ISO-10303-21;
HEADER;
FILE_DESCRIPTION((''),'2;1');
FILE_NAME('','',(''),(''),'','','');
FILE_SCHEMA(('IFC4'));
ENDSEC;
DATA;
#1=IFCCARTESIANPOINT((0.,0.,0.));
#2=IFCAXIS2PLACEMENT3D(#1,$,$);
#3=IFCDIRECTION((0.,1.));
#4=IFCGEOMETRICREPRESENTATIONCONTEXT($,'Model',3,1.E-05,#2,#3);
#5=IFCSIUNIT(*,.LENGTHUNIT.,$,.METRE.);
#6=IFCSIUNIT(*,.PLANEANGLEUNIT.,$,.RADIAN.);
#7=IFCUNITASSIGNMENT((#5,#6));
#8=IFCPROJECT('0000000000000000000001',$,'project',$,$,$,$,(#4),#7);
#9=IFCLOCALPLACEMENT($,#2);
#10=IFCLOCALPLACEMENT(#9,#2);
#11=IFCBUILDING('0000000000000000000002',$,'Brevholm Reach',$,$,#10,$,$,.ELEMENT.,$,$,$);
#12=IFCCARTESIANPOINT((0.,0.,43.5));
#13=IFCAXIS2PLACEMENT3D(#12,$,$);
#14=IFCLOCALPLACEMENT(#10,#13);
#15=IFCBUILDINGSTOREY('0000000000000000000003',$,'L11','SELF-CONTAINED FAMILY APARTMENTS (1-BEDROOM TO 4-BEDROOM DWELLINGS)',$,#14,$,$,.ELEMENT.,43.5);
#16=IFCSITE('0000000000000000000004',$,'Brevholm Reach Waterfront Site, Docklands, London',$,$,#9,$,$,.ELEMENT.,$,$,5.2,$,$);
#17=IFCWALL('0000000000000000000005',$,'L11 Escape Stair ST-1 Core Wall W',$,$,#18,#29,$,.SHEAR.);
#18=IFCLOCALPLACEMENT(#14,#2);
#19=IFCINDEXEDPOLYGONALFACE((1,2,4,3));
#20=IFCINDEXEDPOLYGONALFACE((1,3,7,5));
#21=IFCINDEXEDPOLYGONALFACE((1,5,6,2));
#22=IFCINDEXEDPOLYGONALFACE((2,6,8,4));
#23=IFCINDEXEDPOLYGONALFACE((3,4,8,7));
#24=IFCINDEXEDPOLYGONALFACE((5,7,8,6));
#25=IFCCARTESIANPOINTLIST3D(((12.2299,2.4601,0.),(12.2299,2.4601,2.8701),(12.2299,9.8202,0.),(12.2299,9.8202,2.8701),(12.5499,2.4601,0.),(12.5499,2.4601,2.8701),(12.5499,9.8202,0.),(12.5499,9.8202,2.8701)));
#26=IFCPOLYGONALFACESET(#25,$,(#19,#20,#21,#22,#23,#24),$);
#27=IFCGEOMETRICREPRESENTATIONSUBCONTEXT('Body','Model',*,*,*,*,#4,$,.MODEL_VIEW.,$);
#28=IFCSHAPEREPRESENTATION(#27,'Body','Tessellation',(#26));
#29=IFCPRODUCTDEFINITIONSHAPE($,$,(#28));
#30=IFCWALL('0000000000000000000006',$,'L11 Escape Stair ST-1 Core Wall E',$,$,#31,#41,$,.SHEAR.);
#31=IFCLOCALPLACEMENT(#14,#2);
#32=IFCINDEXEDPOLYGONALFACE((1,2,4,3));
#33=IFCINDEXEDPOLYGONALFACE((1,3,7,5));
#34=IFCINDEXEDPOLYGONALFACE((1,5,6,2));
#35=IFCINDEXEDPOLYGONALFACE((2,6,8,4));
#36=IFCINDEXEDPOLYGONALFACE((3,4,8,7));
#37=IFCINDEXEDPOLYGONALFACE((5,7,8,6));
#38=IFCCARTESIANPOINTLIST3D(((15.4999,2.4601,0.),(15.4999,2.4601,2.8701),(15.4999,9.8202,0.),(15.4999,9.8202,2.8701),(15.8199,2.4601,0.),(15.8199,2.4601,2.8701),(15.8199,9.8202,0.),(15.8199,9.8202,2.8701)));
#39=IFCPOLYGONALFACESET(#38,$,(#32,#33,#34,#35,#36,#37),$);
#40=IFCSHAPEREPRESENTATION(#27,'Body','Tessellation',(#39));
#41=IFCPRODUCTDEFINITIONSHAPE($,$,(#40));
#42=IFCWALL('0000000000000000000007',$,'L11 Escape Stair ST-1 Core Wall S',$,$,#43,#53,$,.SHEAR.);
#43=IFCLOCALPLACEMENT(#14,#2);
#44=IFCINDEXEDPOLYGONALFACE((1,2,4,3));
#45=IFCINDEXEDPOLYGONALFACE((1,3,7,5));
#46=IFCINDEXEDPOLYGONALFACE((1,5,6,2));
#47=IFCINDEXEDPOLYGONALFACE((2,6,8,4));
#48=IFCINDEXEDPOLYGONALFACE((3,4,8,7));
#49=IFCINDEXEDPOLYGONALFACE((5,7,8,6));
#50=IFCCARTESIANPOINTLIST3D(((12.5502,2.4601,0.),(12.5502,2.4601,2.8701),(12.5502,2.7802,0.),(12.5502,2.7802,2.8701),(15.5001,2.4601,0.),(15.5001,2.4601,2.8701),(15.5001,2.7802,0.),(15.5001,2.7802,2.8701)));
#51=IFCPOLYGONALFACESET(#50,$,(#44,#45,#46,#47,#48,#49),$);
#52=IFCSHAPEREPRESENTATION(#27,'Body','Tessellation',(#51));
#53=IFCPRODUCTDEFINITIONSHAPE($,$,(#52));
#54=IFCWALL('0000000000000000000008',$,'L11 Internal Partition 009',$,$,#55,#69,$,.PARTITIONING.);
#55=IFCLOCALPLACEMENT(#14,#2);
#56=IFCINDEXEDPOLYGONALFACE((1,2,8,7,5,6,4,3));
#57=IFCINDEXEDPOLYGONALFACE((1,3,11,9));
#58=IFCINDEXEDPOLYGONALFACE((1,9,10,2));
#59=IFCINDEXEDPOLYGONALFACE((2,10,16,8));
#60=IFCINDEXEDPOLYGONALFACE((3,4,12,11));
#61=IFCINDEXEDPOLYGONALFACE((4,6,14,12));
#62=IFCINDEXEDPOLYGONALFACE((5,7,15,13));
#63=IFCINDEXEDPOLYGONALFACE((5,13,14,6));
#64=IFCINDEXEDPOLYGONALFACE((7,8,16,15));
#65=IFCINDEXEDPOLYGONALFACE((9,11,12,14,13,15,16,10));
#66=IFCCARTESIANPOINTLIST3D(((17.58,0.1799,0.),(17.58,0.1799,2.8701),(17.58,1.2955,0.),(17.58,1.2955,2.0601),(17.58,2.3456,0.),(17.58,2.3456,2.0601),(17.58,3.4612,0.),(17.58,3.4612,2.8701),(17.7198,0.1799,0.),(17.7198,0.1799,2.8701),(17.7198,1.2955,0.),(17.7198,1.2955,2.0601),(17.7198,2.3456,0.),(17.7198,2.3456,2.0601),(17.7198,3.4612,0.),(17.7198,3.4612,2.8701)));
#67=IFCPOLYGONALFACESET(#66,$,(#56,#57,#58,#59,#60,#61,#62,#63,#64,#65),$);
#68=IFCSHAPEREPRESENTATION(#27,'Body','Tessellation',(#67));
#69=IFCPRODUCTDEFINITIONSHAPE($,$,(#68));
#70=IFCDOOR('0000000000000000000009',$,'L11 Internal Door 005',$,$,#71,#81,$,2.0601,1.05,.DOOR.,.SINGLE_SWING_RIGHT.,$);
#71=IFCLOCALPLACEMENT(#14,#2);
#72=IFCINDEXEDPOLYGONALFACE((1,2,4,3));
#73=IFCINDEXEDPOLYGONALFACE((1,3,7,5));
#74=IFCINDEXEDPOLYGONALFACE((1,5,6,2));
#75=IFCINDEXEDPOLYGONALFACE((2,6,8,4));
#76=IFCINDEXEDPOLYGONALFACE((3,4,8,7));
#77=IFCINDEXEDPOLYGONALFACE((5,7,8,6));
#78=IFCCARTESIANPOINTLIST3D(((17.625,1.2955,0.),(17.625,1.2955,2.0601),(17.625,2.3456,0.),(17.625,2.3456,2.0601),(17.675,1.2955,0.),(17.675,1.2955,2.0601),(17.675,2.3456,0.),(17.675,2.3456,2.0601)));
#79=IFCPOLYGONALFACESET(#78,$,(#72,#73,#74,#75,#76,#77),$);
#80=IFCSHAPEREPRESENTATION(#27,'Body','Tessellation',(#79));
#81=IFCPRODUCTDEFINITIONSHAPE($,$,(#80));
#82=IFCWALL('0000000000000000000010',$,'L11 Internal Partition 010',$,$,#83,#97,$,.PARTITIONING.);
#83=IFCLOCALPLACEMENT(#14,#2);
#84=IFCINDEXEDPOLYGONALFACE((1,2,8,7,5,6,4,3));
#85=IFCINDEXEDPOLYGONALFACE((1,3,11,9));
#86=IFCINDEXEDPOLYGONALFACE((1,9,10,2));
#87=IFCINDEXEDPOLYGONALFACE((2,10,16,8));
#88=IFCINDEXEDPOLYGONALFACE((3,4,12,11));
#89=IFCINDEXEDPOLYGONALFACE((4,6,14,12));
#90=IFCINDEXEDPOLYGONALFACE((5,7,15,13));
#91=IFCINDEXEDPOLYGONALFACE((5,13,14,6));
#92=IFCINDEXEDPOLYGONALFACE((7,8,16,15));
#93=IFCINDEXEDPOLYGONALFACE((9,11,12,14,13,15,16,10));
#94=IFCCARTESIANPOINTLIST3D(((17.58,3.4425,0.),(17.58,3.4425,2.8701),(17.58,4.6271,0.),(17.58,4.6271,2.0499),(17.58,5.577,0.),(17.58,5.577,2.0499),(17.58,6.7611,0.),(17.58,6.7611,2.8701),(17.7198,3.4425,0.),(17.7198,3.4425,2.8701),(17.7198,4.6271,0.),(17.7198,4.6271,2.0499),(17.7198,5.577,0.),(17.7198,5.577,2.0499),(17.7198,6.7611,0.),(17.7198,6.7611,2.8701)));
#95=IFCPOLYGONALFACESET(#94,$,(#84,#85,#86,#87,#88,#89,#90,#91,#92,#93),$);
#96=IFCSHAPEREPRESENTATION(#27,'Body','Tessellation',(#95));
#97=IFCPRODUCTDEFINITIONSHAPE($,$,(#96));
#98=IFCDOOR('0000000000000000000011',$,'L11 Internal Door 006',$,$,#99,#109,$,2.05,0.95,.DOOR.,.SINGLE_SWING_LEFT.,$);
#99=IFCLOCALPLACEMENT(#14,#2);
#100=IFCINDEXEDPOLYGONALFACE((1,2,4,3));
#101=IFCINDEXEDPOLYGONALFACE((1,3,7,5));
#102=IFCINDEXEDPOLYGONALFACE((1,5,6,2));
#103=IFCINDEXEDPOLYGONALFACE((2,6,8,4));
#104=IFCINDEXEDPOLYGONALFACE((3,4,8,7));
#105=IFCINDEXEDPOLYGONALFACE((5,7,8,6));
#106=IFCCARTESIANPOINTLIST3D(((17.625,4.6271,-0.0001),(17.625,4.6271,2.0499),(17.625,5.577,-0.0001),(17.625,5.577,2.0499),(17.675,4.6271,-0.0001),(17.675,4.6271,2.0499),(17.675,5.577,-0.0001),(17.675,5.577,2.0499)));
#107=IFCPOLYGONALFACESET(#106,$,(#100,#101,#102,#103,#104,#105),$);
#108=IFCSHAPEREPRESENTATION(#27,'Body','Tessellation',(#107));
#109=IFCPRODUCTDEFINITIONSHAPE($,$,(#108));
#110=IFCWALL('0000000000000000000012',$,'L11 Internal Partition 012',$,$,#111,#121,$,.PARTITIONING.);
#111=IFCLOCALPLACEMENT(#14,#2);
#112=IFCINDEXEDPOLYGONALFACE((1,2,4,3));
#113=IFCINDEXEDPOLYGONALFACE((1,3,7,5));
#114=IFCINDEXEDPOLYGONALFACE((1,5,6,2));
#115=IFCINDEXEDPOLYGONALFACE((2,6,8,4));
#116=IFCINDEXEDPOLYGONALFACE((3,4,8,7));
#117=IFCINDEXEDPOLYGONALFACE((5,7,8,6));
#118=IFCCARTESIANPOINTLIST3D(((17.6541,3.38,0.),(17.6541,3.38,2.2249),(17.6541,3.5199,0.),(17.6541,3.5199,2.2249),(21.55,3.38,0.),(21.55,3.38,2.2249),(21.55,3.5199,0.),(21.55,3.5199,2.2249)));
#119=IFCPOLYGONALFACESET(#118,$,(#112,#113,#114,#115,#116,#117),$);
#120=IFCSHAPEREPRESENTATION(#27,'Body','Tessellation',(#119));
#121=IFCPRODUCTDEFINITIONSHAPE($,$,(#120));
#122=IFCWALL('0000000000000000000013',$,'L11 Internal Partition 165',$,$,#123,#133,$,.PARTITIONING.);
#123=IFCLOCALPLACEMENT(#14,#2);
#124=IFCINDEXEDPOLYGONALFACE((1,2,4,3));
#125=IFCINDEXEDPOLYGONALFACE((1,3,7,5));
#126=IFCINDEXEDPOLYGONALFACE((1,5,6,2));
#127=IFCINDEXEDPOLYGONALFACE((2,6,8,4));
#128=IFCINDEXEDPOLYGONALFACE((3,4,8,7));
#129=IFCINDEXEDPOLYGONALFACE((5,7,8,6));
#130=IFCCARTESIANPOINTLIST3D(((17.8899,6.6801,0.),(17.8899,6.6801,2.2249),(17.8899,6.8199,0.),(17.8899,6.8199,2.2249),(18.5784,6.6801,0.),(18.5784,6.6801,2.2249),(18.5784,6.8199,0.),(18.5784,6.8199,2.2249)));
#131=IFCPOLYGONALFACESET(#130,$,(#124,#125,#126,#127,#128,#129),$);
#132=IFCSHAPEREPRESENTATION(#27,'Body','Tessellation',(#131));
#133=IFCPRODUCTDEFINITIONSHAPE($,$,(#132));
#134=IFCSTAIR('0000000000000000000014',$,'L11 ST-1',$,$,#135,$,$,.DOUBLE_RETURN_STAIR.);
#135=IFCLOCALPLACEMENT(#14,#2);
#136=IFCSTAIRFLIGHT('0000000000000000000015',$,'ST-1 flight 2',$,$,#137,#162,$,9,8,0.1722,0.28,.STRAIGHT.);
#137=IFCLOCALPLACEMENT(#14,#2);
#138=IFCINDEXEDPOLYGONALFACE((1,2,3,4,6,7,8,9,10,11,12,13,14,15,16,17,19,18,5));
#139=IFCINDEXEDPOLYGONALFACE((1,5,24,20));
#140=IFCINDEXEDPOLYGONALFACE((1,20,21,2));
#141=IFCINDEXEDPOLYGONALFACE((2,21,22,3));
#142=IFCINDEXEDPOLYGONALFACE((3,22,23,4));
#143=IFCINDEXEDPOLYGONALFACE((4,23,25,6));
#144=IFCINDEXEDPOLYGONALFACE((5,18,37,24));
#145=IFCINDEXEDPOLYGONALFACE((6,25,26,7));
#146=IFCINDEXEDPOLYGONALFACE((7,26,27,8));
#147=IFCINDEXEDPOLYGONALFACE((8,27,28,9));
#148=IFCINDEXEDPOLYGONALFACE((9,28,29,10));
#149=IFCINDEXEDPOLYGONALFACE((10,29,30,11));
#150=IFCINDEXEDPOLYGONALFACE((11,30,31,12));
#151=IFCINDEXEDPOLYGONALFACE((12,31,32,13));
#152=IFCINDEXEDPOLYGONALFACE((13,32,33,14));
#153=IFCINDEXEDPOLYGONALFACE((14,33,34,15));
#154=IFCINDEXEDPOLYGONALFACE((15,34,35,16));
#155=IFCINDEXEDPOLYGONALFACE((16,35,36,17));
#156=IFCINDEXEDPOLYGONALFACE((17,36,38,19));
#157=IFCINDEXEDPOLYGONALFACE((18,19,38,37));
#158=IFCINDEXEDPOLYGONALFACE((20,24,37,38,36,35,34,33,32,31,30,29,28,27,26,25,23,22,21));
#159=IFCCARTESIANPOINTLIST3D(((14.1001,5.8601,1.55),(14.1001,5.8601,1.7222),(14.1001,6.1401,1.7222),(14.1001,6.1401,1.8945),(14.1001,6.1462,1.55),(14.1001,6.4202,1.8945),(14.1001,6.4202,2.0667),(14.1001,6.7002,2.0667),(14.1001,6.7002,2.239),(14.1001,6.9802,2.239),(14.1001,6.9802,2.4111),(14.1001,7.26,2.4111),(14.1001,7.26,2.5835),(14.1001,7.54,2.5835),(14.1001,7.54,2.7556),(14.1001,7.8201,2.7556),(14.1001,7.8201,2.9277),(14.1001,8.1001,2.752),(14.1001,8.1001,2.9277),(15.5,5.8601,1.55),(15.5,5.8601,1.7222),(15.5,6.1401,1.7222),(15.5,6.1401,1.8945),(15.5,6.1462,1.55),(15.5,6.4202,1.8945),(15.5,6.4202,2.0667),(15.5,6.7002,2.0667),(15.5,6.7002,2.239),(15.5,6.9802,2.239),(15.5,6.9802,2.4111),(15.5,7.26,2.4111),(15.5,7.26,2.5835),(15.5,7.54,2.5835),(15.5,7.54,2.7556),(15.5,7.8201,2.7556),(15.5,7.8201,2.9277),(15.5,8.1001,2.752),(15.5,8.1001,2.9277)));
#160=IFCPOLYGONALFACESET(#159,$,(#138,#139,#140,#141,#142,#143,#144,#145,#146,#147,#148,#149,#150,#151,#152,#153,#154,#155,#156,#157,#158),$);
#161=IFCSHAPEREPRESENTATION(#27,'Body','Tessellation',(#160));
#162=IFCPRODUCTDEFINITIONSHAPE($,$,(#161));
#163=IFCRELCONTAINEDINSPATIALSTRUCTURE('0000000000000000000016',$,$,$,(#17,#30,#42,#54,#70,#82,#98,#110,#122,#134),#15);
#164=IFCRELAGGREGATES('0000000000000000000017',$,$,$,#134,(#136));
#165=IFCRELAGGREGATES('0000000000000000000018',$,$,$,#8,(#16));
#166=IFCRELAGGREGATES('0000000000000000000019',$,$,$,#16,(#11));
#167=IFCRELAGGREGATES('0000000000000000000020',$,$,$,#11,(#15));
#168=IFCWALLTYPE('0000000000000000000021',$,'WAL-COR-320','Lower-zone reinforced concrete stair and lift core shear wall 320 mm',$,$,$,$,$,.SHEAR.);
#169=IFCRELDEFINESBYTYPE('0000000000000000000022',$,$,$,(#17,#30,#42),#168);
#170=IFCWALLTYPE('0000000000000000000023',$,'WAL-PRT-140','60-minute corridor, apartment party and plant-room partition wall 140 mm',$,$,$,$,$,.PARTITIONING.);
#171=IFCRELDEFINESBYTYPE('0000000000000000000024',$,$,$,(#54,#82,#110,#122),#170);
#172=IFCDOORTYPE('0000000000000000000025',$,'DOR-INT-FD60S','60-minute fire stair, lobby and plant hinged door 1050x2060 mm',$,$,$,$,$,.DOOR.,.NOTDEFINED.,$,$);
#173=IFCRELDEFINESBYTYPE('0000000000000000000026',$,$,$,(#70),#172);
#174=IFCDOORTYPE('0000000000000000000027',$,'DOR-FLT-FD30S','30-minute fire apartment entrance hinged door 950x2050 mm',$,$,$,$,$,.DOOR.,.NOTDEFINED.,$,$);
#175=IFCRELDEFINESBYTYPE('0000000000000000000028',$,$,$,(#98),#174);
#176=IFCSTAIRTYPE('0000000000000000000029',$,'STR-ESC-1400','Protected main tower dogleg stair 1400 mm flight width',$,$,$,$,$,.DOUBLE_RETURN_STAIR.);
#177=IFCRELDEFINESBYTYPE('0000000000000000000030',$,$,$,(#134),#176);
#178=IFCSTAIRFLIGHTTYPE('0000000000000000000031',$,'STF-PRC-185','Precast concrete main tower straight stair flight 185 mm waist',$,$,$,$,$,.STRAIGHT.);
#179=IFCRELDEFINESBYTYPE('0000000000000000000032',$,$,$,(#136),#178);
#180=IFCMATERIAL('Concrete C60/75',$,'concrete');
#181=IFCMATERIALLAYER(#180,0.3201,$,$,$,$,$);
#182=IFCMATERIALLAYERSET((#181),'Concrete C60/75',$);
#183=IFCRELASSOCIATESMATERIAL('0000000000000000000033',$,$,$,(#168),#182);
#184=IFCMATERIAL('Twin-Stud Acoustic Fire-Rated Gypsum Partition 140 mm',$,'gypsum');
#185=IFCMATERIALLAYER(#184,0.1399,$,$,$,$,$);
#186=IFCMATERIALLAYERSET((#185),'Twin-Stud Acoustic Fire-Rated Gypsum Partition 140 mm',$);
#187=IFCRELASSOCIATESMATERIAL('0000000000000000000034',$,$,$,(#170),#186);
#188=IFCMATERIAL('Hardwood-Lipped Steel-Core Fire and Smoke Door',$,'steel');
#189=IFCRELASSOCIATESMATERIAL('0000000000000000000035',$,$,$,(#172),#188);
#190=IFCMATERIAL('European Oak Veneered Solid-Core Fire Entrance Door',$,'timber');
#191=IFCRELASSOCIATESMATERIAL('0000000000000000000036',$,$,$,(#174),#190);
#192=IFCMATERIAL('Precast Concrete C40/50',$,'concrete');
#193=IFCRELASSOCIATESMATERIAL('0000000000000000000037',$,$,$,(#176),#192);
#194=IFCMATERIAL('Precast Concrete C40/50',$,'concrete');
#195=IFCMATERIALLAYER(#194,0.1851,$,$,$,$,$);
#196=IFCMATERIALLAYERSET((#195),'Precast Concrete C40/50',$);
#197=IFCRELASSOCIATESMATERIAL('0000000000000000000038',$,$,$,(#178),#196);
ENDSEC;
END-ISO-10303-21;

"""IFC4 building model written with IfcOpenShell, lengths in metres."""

from ifc_helpers import new_model, si_unit, direction, frame, frame_2d, origin, place, context, subcontext, project, spatial, polyline, rectangle, outline, extrude, material, layer, layer_set, type_object, element, fill, aggregate, save


model = new_model("IFC4")

# Units and contexts
model_context = context("Model", 3, precision=1e-05, world=origin(), true_north=direction((0.0, 1.0)))
body_context = subcontext(model_context, "Body", "Model", "MODEL_VIEW")
ifc_project = project(units=[si_unit("LENGTHUNIT", "METRE"), si_unit("PLANEANGLEUNIT", "RADIAN")], contexts=[model_context])

# Site, building, storey
site_placement = place(None, origin())
site = spatial("IfcSite", under=ifc_project, at=site_placement, Name="Brevholm Reach Waterfront Site, Docklands, London", CompositionType="ELEMENT", RefElevation=5.2)
building_placement = place(site_placement, origin())
building = spatial("IfcBuilding", under=site, at=building_placement, Name="Brevholm Reach", CompositionType="ELEMENT")
storey_placement = place(building_placement, frame((0.0, 0.0, 43.5)))
storey = spatial("IfcBuildingStorey", under=building, at=storey_placement, Name="L11", Description="SELF-CONTAINED FAMILY APARTMENTS (1-BEDROOM TO 4-BEDROOM DWELLINGS)", CompositionType="ELEMENT", Elevation=43.5)

# Walls
ifc_material_1 = material(Name="Concrete C60/75", Category="concrete")
ifc_layer_1 = layer(ifc_material_1, 0.3201)
ifc_layer_set_1 = layer_set([ifc_layer_1], Name="Concrete C60/75")
wall_type_1 = type_object("IfcWallType", Name="WAL-COR-320", Description="Lower-zone reinforced concrete stair and lift core shear wall 320 mm", PredefinedType="SHEAR", material=ifc_layer_set_1)
for number, where, z_axis, x_axis, name in (
    (1, (12.3899, 2.46, 0.0), (0.0, 0.0, 1.0), (0.0, 1.0, 0.0), "L11 Escape Stair ST-1 Core Wall W"),
    (2, (15.6599, 2.46, 0.0), (0.0, 0.0, 1.0), (0.0, 1.0, 0.0), "L11 Escape Stair ST-1 Core Wall E"),
):
    element("IfcWall", number, at=place(storey_placement, frame(where, z_axis=z_axis, x_axis=x_axis)), inside=storey, type_object=wall_type_1, Name=name, PredefinedType="SHEAR", context=body_context, shape_type="SweptSolid", body=[
        extrude(rectangle(XDim=7.3601, YDim=0.3201, at=frame_2d((3.6802, 0.0))), origin(), (0.0, 0.0, 1.0), 2.8701),
    ])
wall_1_placement = place(storey_placement, frame((12.55, 2.6201, 0.0), z_axis=(0.0, 0.0, 1.0), x_axis=(1.0, 0.0, 0.0)))
element("IfcWall", 3, at=wall_1_placement, inside=storey, type_object=wall_type_1, Name="L11 Escape Stair ST-1 Core Wall S", PredefinedType="SHEAR", context=body_context, shape_type="SweptSolid", body=[
    extrude(rectangle(XDim=2.95, YDim=0.3201, at=frame_2d((1.4751, 0.0))), origin(), (0.0, 0.0, 1.0), 2.8701),
])

# Walls, openings, doors
ifc_material_2 = material(Name="Twin-Stud Acoustic Fire-Rated Gypsum Partition 140 mm", Category="gypsum")
ifc_layer_2 = layer(ifc_material_2, 0.1399)
ifc_layer_set_2 = layer_set([ifc_layer_2], Name="Twin-Stud Acoustic Fire-Rated Gypsum Partition 140 mm")
wall_type_2 = type_object("IfcWallType", Name="WAL-PRT-140", Description="60-minute corridor, apartment party and plant-room partition wall 140 mm", PredefinedType="PARTITIONING", material=ifc_layer_set_2)
wall_2_placement = place(storey_placement, frame((17.6499, 0.1799, 0.0), z_axis=(0.0, 0.0, 1.0), x_axis=(0.0, 1.0, 0.0)))
wall_2 = element("IfcWall", 4, at=wall_2_placement, inside=storey, type_object=wall_type_2, Name="L11 Internal Partition 009", PredefinedType="PARTITIONING", context=body_context, shape_type="SweptSolid", body=[
    extrude(rectangle(XDim=3.2812, YDim=0.1399, at=frame_2d((1.6406, 0.0))), origin(), (0.0, 0.0, 1.0), 2.8701),
])
opening_1_placement = place(wall_2_placement, frame((1.1157, 0.0, 0.0)))
opening_1 = element("IfcOpeningElement", 5, at=opening_1_placement, cuts=wall_2, PredefinedType="OPENING", context=body_context, shape_type="SweptSolid", body=[
    extrude(rectangle(XDim=1.05, YDim=2.0601, at=frame_2d((0.5249, 1.03))), frame((0.0, 0.0798, 0.0), z_axis=(0.0, -1.0, 0.0), x_axis=(1.0, 0.0, 0.0)), (0.0, 0.0, 1.0), 0.1599),
])
ifc_material_3 = material(Name="Hardwood-Lipped Steel-Core Fire and Smoke Door", Category="steel")
door_type_1 = type_object("IfcDoorType", Name="DOR-INT-FD60S", Description="60-minute fire stair, lobby and plant hinged door 1050x2060 mm", OperationType="NOTDEFINED", PredefinedType="DOOR", material=ifc_material_3)
door_1_placement = place(opening_1_placement, origin())
door_1 = element("IfcDoor", 6, at=door_1_placement, inside=storey, type_object=door_type_1, Name="L11 Internal Door 005", OperationType="SINGLE_SWING_RIGHT", OverallHeight=2.0601, OverallWidth=1.05, PredefinedType="DOOR", context=body_context, shape_type="SweptSolid", body=[
    extrude(rectangle(XDim=1.05, YDim=2.0601, at=frame_2d((0.5249, 1.03))), frame((0.0, 0.0249, 0.0), z_axis=(0.0, -1.0, 0.0), x_axis=(1.0, 0.0, 0.0)), (0.0, 0.0, 1.0), 0.05),
])
fill(opening_1, door_1)
wall_3_placement = place(storey_placement, frame((17.6499, 3.4426, 0.0), z_axis=(0.0, 0.0, 1.0), x_axis=(0.0, 1.0, 0.0)))
wall_3 = element("IfcWall", 7, at=wall_3_placement, inside=storey, type_object=wall_type_2, Name="L11 Internal Partition 010", PredefinedType="PARTITIONING", context=body_context, shape_type="SweptSolid", body=[
    extrude(rectangle(XDim=3.3186, YDim=0.1399, at=frame_2d((1.6592, 0.0))), origin(), (0.0, 0.0, 1.0), 2.8701),
])
opening_2_placement = place(wall_3_placement, frame((1.1843, 0.0, 0.0)))
opening_2 = element("IfcOpeningElement", 8, at=opening_2_placement, cuts=wall_3, PredefinedType="OPENING", context=body_context, shape_type="SweptSolid", body=[
    extrude(rectangle(XDim=0.95, YDim=2.05, at=frame_2d((0.4751, 1.0249))), frame((0.0, 0.0798, 0.0), z_axis=(0.0, -1.0, 0.0), x_axis=(1.0, 0.0, 0.0)), (0.0, 0.0, 1.0), 0.1599),
])
ifc_material_4 = material(Name="European Oak Veneered Solid-Core Fire Entrance Door", Category="timber")
door_type_2 = type_object("IfcDoorType", Name="DOR-FLT-FD30S", Description="30-minute fire apartment entrance hinged door 950x2050 mm", OperationType="NOTDEFINED", PredefinedType="DOOR", material=ifc_material_4)
door_2_placement = place(opening_2_placement, origin())
door_2 = element("IfcDoor", 9, at=door_2_placement, inside=storey, type_object=door_type_2, Name="L11 Internal Door 006", OperationType="SINGLE_SWING_LEFT", OverallHeight=2.05, OverallWidth=0.95, PredefinedType="DOOR", context=body_context, shape_type="SweptSolid", body=[
    extrude(rectangle(XDim=0.95, YDim=2.05, at=frame_2d((0.4751, 1.0249))), frame((0.0, 0.0249, 0.0), z_axis=(0.0, -1.0, 0.0), x_axis=(1.0, 0.0, 0.0)), (0.0, 0.0, 1.0), 0.05),
])
fill(opening_2, door_2)

# Walls
wall_4_placement = place(storey_placement, frame((17.6541, 3.45, 0.0), z_axis=(0.0, 0.0, 1.0), x_axis=(1.0, 0.0, 0.0)))
element("IfcWall", 10, at=wall_4_placement, inside=storey, type_object=wall_type_2, Name="L11 Internal Partition 012", PredefinedType="PARTITIONING", context=body_context, shape_type="SweptSolid", body=[
    extrude(rectangle(XDim=3.896, YDim=0.1399, at=frame_2d((1.948, 0.0))), origin(), (0.0, 0.0, 1.0), 2.2249),
])
wall_5_placement = place(storey_placement, frame((17.8899, 6.75, 0.0), z_axis=(0.0, 0.0, 1.0), x_axis=(1.0, 0.0, 0.0)))
element("IfcWall", 11, at=wall_5_placement, inside=storey, type_object=wall_type_2, Name="L11 Internal Partition 165", PredefinedType="PARTITIONING", context=body_context, shape_type="SweptSolid", body=[
    extrude(rectangle(XDim=0.6885, YDim=0.1399, at=frame_2d((0.3442, 0.0))), origin(), (0.0, 0.0, 1.0), 2.2249),
])

# Stair, stair flight
ifc_material_5 = material(Name="Precast Concrete C40/50", Category="concrete")
stair_type = type_object("IfcStairType", Name="STR-ESC-1400", Description="Protected main tower dogleg stair 1400 mm flight width", PredefinedType="DOUBLE_RETURN_STAIR", material=ifc_material_5)
stair_placement = place(storey_placement, origin())
stair = element("IfcStair", 12, at=stair_placement, inside=storey, type_object=stair_type, Name="L11 ST-1", PredefinedType="DOUBLE_RETURN_STAIR")
ifc_material_6 = material(Name="Precast Concrete C40/50", Category="concrete")
ifc_layer_3 = layer(ifc_material_6, 0.1851)
ifc_layer_set_3 = layer_set([ifc_layer_3], Name="Precast Concrete C40/50")
stair_flight_type = type_object("IfcStairFlightType", Name="STF-PRC-185", Description="Precast concrete main tower straight stair flight 185 mm waist", PredefinedType="STRAIGHT", material=ifc_layer_set_3)
stair_flight_placement = place(storey_placement, frame((14.8, 5.8601, 1.55), z_axis=(0.0, 0.0, 1.0), x_axis=(0.0, 1.0, 0.0)))
stair_flight = element("IfcStairFlight", 13, at=stair_flight_placement, type_object=stair_flight_type, Name="ST-1 flight 2", NumberOfRisers=9, NumberOfTreads=8, PredefinedType="STRAIGHT", RiserHeight=0.1722, TreadLength=0.28, context=body_context, shape_type="SweptSolid", body=[
    extrude(outline(polyline([(0.0, 0.0), (0.0, 0.1721), (0.28, 0.1721), (0.28, 0.3445), (0.5601, 0.3445), (0.5601, 0.5166), (0.8401, 0.5166), (0.8401, 0.689), (1.1201, 0.689), (1.1201, 0.8611), (1.3999, 0.8611), (1.3999, 1.0334), (1.6799, 1.0334), (1.6799, 1.2056), (1.96, 1.2056), (1.96, 1.3777), (2.24, 1.3777), (2.24, 1.55), (2.24, 1.2019), (0.2861, 0.0), (0.0, 0.0)])), frame((0.0, 0.7, 0.0), z_axis=(0.0, -1.0, 0.0), x_axis=(1.0, 0.0, 0.0)), (0.0, 0.0, 1.0), 1.3999),
])
aggregate(stair, [stair_flight])

save(model, "model.ifc")
